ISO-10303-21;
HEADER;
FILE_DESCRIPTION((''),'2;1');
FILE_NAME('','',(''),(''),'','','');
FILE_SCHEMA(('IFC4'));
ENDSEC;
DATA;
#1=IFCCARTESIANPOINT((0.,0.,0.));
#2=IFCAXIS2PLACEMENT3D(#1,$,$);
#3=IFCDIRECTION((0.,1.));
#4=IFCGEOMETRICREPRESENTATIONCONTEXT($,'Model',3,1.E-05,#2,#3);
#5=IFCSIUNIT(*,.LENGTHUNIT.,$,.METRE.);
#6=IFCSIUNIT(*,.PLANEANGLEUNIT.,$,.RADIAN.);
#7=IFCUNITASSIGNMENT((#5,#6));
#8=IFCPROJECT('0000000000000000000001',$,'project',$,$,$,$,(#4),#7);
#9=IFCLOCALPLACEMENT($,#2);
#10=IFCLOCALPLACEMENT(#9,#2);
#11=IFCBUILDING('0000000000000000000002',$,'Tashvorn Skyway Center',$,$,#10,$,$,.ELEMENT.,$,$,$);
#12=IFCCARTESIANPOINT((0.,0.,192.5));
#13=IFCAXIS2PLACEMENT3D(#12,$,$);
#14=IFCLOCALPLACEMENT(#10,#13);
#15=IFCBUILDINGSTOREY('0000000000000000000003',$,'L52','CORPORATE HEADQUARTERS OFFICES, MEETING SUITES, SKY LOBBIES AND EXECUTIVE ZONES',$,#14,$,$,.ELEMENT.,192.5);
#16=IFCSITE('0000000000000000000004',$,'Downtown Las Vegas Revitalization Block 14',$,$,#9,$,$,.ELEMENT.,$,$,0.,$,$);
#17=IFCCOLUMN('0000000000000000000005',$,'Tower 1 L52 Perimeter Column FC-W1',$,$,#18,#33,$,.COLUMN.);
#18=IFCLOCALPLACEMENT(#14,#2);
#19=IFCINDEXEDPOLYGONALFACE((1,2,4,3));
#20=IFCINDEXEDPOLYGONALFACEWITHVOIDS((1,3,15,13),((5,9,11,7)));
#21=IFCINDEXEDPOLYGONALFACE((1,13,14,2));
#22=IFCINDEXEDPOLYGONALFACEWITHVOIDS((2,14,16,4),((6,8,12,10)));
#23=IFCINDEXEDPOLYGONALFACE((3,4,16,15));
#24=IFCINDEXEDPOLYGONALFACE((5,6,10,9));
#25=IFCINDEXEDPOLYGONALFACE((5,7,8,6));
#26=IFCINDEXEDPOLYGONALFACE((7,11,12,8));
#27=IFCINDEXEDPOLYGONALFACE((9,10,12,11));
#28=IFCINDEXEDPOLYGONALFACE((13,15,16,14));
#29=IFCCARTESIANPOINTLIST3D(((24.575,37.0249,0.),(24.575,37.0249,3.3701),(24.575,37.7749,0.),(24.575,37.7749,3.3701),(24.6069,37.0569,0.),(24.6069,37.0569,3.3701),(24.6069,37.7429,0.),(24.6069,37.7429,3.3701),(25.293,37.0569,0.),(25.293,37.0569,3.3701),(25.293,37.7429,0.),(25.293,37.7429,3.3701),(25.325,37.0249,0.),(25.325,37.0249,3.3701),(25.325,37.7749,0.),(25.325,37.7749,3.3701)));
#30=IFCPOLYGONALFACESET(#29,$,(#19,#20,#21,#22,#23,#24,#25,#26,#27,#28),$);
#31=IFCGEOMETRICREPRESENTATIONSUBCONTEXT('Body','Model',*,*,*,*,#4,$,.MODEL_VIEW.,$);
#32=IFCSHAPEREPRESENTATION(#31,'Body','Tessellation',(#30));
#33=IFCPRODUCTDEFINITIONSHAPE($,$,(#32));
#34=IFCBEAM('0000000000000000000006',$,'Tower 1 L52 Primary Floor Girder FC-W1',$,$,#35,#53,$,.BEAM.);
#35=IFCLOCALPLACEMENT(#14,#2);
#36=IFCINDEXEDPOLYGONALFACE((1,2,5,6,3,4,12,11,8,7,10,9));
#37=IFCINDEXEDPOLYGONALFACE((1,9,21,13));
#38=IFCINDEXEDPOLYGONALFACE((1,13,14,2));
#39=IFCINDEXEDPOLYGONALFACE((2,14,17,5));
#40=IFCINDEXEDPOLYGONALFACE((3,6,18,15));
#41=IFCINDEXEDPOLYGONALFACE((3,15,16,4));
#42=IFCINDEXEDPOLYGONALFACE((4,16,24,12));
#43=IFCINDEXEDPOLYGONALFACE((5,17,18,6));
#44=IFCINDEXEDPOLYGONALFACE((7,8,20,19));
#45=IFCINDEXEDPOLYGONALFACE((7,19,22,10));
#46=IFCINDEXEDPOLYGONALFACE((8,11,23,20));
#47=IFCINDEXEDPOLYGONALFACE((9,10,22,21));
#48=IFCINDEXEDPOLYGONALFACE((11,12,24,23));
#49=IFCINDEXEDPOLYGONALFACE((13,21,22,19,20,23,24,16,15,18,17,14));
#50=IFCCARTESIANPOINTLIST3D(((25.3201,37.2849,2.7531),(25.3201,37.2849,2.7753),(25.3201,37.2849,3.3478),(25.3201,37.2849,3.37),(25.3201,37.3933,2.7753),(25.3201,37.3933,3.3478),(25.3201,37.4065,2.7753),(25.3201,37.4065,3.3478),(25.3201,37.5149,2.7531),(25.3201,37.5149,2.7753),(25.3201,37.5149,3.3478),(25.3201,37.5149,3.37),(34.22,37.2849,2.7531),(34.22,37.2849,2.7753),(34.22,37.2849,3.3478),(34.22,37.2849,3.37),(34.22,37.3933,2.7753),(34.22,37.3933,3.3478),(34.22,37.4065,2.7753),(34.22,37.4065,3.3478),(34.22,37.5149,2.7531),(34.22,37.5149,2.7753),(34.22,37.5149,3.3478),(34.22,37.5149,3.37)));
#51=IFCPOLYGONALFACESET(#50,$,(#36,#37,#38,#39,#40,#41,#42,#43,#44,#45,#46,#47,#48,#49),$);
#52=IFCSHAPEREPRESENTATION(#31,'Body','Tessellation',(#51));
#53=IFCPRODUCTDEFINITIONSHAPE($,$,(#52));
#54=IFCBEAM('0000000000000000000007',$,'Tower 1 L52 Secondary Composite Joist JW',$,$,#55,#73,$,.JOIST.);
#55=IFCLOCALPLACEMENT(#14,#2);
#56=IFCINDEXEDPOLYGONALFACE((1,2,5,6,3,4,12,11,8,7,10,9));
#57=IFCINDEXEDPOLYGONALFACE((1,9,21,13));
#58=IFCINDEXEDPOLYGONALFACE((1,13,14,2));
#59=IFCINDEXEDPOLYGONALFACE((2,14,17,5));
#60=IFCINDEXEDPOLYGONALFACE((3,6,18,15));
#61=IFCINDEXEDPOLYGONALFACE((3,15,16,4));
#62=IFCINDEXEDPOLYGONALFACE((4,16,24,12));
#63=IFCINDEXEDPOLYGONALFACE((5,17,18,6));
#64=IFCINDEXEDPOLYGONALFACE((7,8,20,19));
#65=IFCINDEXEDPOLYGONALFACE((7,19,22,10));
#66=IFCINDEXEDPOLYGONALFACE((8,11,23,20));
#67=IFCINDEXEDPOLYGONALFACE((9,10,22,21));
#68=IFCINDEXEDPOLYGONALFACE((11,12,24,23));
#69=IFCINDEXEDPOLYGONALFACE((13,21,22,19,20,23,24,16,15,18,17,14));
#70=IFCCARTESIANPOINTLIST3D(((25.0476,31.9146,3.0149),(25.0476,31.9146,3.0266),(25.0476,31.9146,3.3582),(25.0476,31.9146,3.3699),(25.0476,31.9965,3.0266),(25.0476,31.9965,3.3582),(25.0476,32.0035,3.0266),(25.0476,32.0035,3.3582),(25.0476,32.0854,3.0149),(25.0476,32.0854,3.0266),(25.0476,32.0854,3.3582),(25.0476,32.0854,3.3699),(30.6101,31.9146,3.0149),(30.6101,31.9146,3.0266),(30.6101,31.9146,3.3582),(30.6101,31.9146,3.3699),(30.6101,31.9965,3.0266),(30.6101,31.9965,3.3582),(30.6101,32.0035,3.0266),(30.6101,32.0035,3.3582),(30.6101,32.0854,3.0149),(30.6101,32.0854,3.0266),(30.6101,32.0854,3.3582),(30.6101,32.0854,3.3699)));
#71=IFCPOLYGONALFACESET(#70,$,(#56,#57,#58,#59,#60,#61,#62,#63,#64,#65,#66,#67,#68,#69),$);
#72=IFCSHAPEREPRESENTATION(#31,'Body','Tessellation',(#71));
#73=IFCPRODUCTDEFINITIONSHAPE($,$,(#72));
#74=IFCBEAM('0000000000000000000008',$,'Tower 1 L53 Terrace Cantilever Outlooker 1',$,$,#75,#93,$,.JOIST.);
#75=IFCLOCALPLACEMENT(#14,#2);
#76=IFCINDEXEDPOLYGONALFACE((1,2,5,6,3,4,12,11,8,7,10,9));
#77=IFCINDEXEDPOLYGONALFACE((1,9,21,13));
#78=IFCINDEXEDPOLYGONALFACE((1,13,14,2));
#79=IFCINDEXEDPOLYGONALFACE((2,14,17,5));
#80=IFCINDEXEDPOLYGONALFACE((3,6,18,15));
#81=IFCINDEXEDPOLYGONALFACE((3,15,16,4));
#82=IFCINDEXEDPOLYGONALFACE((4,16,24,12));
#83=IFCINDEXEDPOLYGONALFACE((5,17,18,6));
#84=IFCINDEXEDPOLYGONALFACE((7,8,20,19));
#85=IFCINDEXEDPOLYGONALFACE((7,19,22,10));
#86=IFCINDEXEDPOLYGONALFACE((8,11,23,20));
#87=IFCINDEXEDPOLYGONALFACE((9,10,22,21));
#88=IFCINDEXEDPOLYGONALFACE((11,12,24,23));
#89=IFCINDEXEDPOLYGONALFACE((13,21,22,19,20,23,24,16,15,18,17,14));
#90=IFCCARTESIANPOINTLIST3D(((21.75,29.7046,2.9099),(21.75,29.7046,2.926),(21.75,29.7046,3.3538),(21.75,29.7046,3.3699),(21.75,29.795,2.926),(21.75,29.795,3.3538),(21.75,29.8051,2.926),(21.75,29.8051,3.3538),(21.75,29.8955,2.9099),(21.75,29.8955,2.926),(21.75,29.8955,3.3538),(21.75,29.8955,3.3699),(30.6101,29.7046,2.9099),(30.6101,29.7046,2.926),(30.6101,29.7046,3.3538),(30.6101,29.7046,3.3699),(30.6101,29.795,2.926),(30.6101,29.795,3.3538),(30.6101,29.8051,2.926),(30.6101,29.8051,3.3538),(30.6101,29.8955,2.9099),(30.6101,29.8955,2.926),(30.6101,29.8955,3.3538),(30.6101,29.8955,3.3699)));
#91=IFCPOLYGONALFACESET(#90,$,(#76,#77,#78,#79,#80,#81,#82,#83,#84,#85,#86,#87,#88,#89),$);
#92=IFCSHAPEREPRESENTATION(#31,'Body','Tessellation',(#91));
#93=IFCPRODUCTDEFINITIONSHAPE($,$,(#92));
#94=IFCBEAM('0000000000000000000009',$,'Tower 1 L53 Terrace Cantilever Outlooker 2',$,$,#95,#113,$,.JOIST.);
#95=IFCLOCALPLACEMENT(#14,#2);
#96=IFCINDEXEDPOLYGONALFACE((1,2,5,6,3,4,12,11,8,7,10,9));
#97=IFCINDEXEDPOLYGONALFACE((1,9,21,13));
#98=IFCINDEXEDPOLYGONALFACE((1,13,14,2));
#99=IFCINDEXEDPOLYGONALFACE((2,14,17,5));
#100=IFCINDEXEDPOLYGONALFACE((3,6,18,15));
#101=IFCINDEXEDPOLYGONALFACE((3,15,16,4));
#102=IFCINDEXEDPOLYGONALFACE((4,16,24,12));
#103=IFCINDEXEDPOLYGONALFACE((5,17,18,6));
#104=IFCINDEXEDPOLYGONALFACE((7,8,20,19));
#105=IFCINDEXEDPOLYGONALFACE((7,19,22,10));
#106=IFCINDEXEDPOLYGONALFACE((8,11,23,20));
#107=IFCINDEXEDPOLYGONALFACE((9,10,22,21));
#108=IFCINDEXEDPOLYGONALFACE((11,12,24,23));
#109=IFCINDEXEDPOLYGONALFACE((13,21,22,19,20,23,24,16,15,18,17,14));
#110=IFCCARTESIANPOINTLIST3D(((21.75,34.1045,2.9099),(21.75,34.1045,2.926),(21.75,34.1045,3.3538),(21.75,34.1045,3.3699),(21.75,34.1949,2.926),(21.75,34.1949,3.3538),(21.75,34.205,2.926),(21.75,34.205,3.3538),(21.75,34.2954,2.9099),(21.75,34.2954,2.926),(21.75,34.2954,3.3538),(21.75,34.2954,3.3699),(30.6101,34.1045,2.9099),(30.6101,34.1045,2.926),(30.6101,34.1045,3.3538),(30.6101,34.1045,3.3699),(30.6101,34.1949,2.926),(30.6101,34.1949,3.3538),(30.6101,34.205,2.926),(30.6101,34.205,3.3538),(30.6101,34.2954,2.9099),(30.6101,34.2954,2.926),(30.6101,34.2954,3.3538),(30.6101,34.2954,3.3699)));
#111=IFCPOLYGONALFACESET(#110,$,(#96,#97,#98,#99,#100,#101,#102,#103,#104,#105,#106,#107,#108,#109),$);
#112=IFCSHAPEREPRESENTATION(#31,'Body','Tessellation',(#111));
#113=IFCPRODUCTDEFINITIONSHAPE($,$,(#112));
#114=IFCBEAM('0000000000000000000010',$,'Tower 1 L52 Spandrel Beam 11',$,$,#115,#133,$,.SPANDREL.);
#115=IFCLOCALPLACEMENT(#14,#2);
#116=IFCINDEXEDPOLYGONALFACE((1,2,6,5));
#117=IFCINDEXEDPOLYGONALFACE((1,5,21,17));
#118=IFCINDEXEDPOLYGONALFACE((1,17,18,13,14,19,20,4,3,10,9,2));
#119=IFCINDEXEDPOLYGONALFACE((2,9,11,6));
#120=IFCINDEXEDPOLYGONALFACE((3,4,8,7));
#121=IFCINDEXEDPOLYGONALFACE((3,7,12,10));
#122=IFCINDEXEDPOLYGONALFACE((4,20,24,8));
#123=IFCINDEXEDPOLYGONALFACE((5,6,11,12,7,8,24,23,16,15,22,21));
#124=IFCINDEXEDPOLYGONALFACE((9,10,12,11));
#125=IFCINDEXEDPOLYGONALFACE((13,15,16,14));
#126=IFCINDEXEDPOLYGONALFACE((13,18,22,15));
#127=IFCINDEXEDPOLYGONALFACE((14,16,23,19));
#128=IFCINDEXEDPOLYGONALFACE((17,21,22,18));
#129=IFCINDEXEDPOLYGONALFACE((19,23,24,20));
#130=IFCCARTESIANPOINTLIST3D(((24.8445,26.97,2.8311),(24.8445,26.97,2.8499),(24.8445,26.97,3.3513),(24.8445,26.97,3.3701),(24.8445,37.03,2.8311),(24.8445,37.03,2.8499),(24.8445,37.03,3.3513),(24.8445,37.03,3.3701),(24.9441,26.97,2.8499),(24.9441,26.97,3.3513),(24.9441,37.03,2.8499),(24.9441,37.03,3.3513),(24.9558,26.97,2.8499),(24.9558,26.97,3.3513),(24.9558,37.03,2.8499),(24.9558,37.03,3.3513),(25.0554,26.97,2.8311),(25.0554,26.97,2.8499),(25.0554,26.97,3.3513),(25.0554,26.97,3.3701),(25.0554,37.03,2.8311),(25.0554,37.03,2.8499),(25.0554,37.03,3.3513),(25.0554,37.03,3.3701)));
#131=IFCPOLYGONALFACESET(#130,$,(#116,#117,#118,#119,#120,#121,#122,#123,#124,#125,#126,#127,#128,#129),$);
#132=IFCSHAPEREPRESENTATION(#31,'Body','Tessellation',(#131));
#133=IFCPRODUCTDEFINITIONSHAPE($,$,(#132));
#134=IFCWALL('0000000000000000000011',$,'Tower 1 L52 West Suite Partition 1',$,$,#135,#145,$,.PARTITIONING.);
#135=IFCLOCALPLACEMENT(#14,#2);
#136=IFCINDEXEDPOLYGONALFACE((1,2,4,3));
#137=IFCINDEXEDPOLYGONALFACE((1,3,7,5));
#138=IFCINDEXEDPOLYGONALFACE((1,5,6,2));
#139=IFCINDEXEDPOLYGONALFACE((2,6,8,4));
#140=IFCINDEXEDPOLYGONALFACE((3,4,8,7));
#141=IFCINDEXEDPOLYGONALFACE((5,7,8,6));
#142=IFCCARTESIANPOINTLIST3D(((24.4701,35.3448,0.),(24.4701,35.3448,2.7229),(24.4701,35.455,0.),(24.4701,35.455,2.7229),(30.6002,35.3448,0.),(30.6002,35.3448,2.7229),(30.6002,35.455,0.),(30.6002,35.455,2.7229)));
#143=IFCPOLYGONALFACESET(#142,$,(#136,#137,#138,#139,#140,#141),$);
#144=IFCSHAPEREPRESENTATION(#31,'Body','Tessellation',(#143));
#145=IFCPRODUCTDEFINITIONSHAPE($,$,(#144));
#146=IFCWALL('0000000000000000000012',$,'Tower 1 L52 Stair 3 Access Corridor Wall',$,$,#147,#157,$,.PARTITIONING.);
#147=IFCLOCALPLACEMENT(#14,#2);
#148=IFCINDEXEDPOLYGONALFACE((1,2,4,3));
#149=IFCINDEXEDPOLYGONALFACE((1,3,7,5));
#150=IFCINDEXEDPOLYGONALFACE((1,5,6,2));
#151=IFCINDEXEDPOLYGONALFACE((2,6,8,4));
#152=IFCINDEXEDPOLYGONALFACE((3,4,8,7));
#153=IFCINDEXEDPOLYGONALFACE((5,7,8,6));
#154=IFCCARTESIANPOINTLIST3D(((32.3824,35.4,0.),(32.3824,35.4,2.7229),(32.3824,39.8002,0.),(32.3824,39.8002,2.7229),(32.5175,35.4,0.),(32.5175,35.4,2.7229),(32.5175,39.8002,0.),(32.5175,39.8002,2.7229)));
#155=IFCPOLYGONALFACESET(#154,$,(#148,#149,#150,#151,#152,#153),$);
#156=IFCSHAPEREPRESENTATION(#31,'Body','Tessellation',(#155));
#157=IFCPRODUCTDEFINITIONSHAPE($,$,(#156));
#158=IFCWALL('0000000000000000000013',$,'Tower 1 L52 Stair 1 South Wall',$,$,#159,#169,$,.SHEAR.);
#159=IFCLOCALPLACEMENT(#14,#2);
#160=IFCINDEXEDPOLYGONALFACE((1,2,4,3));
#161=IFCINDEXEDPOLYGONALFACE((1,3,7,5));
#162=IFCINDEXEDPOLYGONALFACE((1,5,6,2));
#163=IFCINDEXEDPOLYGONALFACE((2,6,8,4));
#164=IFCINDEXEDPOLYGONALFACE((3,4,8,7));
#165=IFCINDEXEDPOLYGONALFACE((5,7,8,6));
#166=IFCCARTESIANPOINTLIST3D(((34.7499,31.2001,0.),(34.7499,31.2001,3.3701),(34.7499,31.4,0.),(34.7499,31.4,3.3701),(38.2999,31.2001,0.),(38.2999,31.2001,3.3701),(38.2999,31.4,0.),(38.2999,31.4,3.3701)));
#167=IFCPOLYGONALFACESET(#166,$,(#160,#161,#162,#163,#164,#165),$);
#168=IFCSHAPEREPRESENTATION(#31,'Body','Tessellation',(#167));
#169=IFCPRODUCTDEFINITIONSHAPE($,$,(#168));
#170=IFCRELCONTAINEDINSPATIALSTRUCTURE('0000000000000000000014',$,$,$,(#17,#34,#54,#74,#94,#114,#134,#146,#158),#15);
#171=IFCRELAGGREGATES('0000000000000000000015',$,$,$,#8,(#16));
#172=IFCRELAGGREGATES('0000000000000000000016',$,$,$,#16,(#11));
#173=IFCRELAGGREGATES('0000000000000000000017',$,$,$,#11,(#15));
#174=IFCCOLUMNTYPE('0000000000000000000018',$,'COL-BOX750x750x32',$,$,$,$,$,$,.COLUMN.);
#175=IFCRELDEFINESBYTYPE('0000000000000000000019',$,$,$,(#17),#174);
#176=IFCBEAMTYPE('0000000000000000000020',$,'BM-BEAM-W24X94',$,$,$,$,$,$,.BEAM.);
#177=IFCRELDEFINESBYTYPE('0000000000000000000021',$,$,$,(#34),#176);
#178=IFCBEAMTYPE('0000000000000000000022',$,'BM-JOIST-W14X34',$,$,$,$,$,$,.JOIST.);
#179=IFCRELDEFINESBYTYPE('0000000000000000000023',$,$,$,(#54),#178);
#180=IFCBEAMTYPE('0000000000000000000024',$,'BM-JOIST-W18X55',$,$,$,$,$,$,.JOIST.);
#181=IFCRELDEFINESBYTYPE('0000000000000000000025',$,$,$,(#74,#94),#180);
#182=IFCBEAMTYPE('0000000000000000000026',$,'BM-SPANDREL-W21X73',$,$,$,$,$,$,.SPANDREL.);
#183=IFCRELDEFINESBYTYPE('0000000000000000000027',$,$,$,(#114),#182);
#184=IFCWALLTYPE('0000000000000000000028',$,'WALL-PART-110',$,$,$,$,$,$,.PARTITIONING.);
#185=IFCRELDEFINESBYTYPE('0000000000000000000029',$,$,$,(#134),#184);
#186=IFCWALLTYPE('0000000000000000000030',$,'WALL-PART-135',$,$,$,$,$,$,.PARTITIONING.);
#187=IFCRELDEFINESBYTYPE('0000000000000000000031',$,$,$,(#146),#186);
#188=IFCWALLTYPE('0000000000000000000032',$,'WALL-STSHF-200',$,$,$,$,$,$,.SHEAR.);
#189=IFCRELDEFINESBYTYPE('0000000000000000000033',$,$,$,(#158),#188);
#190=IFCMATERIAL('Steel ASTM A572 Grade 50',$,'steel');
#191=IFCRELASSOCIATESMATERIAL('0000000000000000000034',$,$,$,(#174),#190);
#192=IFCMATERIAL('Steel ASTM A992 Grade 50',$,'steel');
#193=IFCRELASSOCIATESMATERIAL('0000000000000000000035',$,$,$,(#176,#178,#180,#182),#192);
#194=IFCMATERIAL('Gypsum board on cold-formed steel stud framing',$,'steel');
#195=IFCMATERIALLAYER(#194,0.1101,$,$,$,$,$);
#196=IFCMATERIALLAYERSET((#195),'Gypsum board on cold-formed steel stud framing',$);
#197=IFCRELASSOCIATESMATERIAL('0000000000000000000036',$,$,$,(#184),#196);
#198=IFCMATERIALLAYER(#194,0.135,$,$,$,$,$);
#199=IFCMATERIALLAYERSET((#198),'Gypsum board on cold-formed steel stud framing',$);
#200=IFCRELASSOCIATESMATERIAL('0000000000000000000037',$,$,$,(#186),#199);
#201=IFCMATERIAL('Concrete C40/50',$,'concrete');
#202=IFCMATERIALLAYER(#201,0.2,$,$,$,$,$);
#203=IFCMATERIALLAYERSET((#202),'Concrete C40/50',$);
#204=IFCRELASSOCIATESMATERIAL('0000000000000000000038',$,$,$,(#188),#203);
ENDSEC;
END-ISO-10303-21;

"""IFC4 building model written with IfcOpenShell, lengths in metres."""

from ifc_helpers import new_model, si_unit, direction, frame, frame_2d, origin, origin_2d, place, context, subcontext, project, spatial, rectangle, hollow_rectangle, i_section, extrude, material, layer, layer_set, material_profile, profile_set, type_object, element, save


model = new_model("IFC4")

# Units and contexts
model_context = context("Model", 3, precision=1e-05, world=origin(), true_north=direction((0.0, 1.0)))
body_context = subcontext(model_context, "Body", "Model", "MODEL_VIEW")
ifc_project = project(units=[si_unit("LENGTHUNIT", "METRE"), si_unit("PLANEANGLEUNIT", "RADIAN")], contexts=[model_context])

# Site, building, storey
site_placement = place(None, origin())
site = spatial("IfcSite", under=ifc_project, at=site_placement, Name="Downtown Las Vegas Revitalization Block 14", CompositionType="ELEMENT", RefElevation=0.0)
building_placement = place(site_placement, origin())
building = spatial("IfcBuilding", under=site, at=building_placement, Name="Tashvorn Skyway Center", CompositionType="ELEMENT")
storey_placement = place(building_placement, frame((0.0, 0.0, 192.5)))
storey = spatial("IfcBuildingStorey", under=building, at=storey_placement, Name="L52", Description="CORPORATE HEADQUARTERS OFFICES, MEETING SUITES, SKY LOBBIES AND EXECUTIVE ZONES", CompositionType="ELEMENT", Elevation=192.5)

# Column
ifc_material_1 = material(Name="Steel ASTM A572 Grade 50", Category="steel")
ifc_material_profile_1 = material_profile(ifc_material_1, hollow_rectangle(XDim=0.75, YDim=0.75, WallThickness=0.032, at=origin_2d()), Name="BOX750x750x32")
ifc_profile_set_1 = profile_set([ifc_material_profile_1], Name="Steel ASTM A572 Grade 50")
column_type = type_object("IfcColumnType", Name="COL-BOX750x750x32", PredefinedType="COLUMN", material=ifc_profile_set_1)
column_placement = place(storey_placement, frame((24.95, 37.3999, 0.0), z_axis=(0.0, 0.0, 1.0), x_axis=(1.0, 0.0, 0.0)))
element("IfcColumn", 1, at=column_placement, inside=storey, type_object=column_type, Name="Tower 1 L52 Perimeter Column FC-W1", PredefinedType="COLUMN", context=body_context, shape_type="SweptSolid", body=[
    extrude(hollow_rectangle(XDim=0.75, YDim=0.75, WallThickness=0.032, at=origin_2d()), origin(), (0.0, 0.0, 1.0), 3.3701),
])

# Beams
ifc_material_2 = material(Name="Steel ASTM A992 Grade 50", Category="steel")
ifc_material_profile_2 = material_profile(ifc_material_2, i_section(OverallWidth=0.23, OverallDepth=0.6169, WebThickness=0.0132, FlangeThickness=0.0222, at=origin_2d()), Name="W24X94")
ifc_profile_set_2 = profile_set([ifc_material_profile_2], Name="Steel ASTM A992 Grade 50")
beam_type_1 = type_object("IfcBeamType", Name="BM-BEAM-W24X94", PredefinedType="BEAM", material=ifc_profile_set_2)
beam_1_placement = place(storey_placement, frame((25.3201, 37.3999, 3.0615), z_axis=(1.0, 0.0, 0.0), x_axis=(0.0, 1.0, 0.0)))
element("IfcBeam", 2, at=beam_1_placement, inside=storey, type_object=beam_type_1, Name="Tower 1 L52 Primary Floor Girder FC-W1", PredefinedType="BEAM", context=body_context, shape_type="SweptSolid", body=[
    extrude(i_section(OverallWidth=0.23, OverallDepth=0.6169, WebThickness=0.0132, FlangeThickness=0.0222, at=origin_2d()), origin(), (0.0, 0.0, 1.0), 8.8999),
])
ifc_material_profile_3 = material_profile(ifc_material_2, i_section(OverallWidth=0.1709, OverallDepth=0.355, WebThickness=0.0071, FlangeThickness=0.0117, at=origin_2d()), Name="W14X34")
ifc_profile_set_3 = profile_set([ifc_material_profile_3], Name="Steel ASTM A992 Grade 50")
beam_type_2 = type_object("IfcBeamType", Name="BM-JOIST-W14X34", PredefinedType="JOIST", material=ifc_profile_set_3)
beam_2_placement = place(storey_placement, frame((30.6101, 32.0, 3.1924), z_axis=(-1.0, 0.0, 0.0), x_axis=(0.0, -1.0, 0.0)))
element("IfcBeam", 3, at=beam_2_placement, inside=storey, type_object=beam_type_2, Name="Tower 1 L52 Secondary Composite Joist JW", PredefinedType="JOIST", context=body_context, shape_type="SweptSolid", body=[
    extrude(i_section(OverallWidth=0.1709, OverallDepth=0.355, WebThickness=0.0071, FlangeThickness=0.0117, at=origin_2d()), origin(), (0.0, 0.0, 1.0), 5.5625),
])
ifc_material_profile_4 = material_profile(ifc_material_2, i_section(OverallWidth=0.1909, OverallDepth=0.46, WebThickness=0.01, FlangeThickness=0.0161, at=origin_2d()), Name="W18X55")
ifc_profile_set_4 = profile_set([ifc_material_profile_4], Name="Steel ASTM A992 Grade 50")
beam_type_3 = type_object("IfcBeamType", Name="BM-JOIST-W18X55", PredefinedType="JOIST", material=ifc_profile_set_4)
for number, where, z_axis, x_axis, name in (
    (4, (30.6101, 29.8, 3.1399), (-1.0, 0.0, 0.0), (0.0, -1.0, 0.0), "Tower 1 L53 Terrace Cantilever Outlooker 1"),
    (5, (30.6101, 34.2, 3.1399), (-1.0, 0.0, 0.0), (0.0, -1.0, 0.0), "Tower 1 L53 Terrace Cantilever Outlooker 2"),
):
    element("IfcBeam", number, at=place(storey_placement, frame(where, z_axis=z_axis, x_axis=x_axis)), inside=storey, type_object=beam_type_3, Name=name, PredefinedType="JOIST", context=body_context, shape_type="SweptSolid", body=[
        extrude(i_section(OverallWidth=0.1909, OverallDepth=0.46, WebThickness=0.01, FlangeThickness=0.0161, at=origin_2d()), origin(), (0.0, 0.0, 1.0), 8.8601),
    ])
ifc_material_profile_5 = material_profile(ifc_material_2, i_section(OverallWidth=0.2109, OverallDepth=0.5391, WebThickness=0.0117, FlangeThickness=0.0188, at=origin_2d()), Name="W21X73")
ifc_profile_set_5 = profile_set([ifc_material_profile_5], Name="Steel ASTM A992 Grade 50")
beam_type_4 = type_object("IfcBeamType", Name="BM-SPANDREL-W21X73", PredefinedType="SPANDREL", material=ifc_profile_set_5)
beam_3_placement = place(storey_placement, frame((24.95, 37.03, 3.1006), z_axis=(0.0, -1.0, 0.0), x_axis=(1.0, 0.0, 0.0)))
element("IfcBeam", 6, at=beam_3_placement, inside=storey, type_object=beam_type_4, Name="Tower 1 L52 Spandrel Beam 11", PredefinedType="SPANDREL", context=body_context, shape_type="SweptSolid", body=[
    extrude(i_section(OverallWidth=0.2109, OverallDepth=0.5391, WebThickness=0.0117, FlangeThickness=0.0188, at=origin_2d()), origin(), (0.0, 0.0, 1.0), 10.0601),
])

# Walls
ifc_material_3 = material(Name="Gypsum board on cold-formed steel stud framing", Category="steel")
ifc_layer_1 = layer(ifc_material_3, 0.1101)
ifc_layer_set_1 = layer_set([ifc_layer_1], Name="Gypsum board on cold-formed steel stud framing")
wall_type_1 = type_object("IfcWallType", Name="WALL-PART-110", PredefinedType="PARTITIONING", material=ifc_layer_set_1)
wall_1_placement = place(storey_placement, frame((30.6001, 35.3999, 0.0), z_axis=(0.0, 0.0, 1.0), x_axis=(-1.0, 0.0, 0.0)))
element("IfcWall", 7, at=wall_1_placement, inside=storey, type_object=wall_type_1, Name="Tower 1 L52 West Suite Partition 1", PredefinedType="PARTITIONING", context=body_context, shape_type="SweptSolid", body=[
    extrude(rectangle(XDim=6.1301, YDim=0.1101, at=frame_2d((3.0649, 0.0))), origin(), (0.0, 0.0, 1.0), 2.7229),
])
ifc_layer_2 = layer(ifc_material_3, 0.135)
ifc_layer_set_2 = layer_set([ifc_layer_2], Name="Gypsum board on cold-formed steel stud framing")
wall_type_2 = type_object("IfcWallType", Name="WALL-PART-135", PredefinedType="PARTITIONING", material=ifc_layer_set_2)
wall_2_placement = place(storey_placement, frame((32.45, 35.3999, 0.0), z_axis=(0.0, 0.0, 1.0), x_axis=(0.0, 1.0, 0.0)))
element("IfcWall", 8, at=wall_2_placement, inside=storey, type_object=wall_type_2, Name="Tower 1 L52 Stair 3 Access Corridor Wall", PredefinedType="PARTITIONING", context=body_context, shape_type="SweptSolid", body=[
    extrude(rectangle(XDim=4.4001, YDim=0.135, at=frame_2d((2.2002, 0.0))), origin(), (0.0, 0.0, 1.0), 2.7229),
])
ifc_material_4 = material(Name="Concrete C40/50", Category="concrete")
ifc_layer_3 = layer(ifc_material_4, 0.2)
ifc_layer_set_3 = layer_set([ifc_layer_3], Name="Concrete C40/50")
wall_type_3 = type_object("IfcWallType", Name="WALL-STSHF-200", PredefinedType="SHEAR", material=ifc_layer_set_3)
wall_3_placement = place(storey_placement, frame((34.75, 31.3, 0.0), z_axis=(0.0, 0.0, 1.0), x_axis=(1.0, 0.0, 0.0)))
element("IfcWall", 9, at=wall_3_placement, inside=storey, type_object=wall_type_3, Name="Tower 1 L52 Stair 1 South Wall", PredefinedType="SHEAR", context=body_context, shape_type="SweptSolid", body=[
    extrude(rectangle(XDim=3.55, YDim=0.2, at=frame_2d((1.7749, 0.0))), origin(), (0.0, 0.0, 1.0), 3.3701),
])

save(model, "model.ifc")
